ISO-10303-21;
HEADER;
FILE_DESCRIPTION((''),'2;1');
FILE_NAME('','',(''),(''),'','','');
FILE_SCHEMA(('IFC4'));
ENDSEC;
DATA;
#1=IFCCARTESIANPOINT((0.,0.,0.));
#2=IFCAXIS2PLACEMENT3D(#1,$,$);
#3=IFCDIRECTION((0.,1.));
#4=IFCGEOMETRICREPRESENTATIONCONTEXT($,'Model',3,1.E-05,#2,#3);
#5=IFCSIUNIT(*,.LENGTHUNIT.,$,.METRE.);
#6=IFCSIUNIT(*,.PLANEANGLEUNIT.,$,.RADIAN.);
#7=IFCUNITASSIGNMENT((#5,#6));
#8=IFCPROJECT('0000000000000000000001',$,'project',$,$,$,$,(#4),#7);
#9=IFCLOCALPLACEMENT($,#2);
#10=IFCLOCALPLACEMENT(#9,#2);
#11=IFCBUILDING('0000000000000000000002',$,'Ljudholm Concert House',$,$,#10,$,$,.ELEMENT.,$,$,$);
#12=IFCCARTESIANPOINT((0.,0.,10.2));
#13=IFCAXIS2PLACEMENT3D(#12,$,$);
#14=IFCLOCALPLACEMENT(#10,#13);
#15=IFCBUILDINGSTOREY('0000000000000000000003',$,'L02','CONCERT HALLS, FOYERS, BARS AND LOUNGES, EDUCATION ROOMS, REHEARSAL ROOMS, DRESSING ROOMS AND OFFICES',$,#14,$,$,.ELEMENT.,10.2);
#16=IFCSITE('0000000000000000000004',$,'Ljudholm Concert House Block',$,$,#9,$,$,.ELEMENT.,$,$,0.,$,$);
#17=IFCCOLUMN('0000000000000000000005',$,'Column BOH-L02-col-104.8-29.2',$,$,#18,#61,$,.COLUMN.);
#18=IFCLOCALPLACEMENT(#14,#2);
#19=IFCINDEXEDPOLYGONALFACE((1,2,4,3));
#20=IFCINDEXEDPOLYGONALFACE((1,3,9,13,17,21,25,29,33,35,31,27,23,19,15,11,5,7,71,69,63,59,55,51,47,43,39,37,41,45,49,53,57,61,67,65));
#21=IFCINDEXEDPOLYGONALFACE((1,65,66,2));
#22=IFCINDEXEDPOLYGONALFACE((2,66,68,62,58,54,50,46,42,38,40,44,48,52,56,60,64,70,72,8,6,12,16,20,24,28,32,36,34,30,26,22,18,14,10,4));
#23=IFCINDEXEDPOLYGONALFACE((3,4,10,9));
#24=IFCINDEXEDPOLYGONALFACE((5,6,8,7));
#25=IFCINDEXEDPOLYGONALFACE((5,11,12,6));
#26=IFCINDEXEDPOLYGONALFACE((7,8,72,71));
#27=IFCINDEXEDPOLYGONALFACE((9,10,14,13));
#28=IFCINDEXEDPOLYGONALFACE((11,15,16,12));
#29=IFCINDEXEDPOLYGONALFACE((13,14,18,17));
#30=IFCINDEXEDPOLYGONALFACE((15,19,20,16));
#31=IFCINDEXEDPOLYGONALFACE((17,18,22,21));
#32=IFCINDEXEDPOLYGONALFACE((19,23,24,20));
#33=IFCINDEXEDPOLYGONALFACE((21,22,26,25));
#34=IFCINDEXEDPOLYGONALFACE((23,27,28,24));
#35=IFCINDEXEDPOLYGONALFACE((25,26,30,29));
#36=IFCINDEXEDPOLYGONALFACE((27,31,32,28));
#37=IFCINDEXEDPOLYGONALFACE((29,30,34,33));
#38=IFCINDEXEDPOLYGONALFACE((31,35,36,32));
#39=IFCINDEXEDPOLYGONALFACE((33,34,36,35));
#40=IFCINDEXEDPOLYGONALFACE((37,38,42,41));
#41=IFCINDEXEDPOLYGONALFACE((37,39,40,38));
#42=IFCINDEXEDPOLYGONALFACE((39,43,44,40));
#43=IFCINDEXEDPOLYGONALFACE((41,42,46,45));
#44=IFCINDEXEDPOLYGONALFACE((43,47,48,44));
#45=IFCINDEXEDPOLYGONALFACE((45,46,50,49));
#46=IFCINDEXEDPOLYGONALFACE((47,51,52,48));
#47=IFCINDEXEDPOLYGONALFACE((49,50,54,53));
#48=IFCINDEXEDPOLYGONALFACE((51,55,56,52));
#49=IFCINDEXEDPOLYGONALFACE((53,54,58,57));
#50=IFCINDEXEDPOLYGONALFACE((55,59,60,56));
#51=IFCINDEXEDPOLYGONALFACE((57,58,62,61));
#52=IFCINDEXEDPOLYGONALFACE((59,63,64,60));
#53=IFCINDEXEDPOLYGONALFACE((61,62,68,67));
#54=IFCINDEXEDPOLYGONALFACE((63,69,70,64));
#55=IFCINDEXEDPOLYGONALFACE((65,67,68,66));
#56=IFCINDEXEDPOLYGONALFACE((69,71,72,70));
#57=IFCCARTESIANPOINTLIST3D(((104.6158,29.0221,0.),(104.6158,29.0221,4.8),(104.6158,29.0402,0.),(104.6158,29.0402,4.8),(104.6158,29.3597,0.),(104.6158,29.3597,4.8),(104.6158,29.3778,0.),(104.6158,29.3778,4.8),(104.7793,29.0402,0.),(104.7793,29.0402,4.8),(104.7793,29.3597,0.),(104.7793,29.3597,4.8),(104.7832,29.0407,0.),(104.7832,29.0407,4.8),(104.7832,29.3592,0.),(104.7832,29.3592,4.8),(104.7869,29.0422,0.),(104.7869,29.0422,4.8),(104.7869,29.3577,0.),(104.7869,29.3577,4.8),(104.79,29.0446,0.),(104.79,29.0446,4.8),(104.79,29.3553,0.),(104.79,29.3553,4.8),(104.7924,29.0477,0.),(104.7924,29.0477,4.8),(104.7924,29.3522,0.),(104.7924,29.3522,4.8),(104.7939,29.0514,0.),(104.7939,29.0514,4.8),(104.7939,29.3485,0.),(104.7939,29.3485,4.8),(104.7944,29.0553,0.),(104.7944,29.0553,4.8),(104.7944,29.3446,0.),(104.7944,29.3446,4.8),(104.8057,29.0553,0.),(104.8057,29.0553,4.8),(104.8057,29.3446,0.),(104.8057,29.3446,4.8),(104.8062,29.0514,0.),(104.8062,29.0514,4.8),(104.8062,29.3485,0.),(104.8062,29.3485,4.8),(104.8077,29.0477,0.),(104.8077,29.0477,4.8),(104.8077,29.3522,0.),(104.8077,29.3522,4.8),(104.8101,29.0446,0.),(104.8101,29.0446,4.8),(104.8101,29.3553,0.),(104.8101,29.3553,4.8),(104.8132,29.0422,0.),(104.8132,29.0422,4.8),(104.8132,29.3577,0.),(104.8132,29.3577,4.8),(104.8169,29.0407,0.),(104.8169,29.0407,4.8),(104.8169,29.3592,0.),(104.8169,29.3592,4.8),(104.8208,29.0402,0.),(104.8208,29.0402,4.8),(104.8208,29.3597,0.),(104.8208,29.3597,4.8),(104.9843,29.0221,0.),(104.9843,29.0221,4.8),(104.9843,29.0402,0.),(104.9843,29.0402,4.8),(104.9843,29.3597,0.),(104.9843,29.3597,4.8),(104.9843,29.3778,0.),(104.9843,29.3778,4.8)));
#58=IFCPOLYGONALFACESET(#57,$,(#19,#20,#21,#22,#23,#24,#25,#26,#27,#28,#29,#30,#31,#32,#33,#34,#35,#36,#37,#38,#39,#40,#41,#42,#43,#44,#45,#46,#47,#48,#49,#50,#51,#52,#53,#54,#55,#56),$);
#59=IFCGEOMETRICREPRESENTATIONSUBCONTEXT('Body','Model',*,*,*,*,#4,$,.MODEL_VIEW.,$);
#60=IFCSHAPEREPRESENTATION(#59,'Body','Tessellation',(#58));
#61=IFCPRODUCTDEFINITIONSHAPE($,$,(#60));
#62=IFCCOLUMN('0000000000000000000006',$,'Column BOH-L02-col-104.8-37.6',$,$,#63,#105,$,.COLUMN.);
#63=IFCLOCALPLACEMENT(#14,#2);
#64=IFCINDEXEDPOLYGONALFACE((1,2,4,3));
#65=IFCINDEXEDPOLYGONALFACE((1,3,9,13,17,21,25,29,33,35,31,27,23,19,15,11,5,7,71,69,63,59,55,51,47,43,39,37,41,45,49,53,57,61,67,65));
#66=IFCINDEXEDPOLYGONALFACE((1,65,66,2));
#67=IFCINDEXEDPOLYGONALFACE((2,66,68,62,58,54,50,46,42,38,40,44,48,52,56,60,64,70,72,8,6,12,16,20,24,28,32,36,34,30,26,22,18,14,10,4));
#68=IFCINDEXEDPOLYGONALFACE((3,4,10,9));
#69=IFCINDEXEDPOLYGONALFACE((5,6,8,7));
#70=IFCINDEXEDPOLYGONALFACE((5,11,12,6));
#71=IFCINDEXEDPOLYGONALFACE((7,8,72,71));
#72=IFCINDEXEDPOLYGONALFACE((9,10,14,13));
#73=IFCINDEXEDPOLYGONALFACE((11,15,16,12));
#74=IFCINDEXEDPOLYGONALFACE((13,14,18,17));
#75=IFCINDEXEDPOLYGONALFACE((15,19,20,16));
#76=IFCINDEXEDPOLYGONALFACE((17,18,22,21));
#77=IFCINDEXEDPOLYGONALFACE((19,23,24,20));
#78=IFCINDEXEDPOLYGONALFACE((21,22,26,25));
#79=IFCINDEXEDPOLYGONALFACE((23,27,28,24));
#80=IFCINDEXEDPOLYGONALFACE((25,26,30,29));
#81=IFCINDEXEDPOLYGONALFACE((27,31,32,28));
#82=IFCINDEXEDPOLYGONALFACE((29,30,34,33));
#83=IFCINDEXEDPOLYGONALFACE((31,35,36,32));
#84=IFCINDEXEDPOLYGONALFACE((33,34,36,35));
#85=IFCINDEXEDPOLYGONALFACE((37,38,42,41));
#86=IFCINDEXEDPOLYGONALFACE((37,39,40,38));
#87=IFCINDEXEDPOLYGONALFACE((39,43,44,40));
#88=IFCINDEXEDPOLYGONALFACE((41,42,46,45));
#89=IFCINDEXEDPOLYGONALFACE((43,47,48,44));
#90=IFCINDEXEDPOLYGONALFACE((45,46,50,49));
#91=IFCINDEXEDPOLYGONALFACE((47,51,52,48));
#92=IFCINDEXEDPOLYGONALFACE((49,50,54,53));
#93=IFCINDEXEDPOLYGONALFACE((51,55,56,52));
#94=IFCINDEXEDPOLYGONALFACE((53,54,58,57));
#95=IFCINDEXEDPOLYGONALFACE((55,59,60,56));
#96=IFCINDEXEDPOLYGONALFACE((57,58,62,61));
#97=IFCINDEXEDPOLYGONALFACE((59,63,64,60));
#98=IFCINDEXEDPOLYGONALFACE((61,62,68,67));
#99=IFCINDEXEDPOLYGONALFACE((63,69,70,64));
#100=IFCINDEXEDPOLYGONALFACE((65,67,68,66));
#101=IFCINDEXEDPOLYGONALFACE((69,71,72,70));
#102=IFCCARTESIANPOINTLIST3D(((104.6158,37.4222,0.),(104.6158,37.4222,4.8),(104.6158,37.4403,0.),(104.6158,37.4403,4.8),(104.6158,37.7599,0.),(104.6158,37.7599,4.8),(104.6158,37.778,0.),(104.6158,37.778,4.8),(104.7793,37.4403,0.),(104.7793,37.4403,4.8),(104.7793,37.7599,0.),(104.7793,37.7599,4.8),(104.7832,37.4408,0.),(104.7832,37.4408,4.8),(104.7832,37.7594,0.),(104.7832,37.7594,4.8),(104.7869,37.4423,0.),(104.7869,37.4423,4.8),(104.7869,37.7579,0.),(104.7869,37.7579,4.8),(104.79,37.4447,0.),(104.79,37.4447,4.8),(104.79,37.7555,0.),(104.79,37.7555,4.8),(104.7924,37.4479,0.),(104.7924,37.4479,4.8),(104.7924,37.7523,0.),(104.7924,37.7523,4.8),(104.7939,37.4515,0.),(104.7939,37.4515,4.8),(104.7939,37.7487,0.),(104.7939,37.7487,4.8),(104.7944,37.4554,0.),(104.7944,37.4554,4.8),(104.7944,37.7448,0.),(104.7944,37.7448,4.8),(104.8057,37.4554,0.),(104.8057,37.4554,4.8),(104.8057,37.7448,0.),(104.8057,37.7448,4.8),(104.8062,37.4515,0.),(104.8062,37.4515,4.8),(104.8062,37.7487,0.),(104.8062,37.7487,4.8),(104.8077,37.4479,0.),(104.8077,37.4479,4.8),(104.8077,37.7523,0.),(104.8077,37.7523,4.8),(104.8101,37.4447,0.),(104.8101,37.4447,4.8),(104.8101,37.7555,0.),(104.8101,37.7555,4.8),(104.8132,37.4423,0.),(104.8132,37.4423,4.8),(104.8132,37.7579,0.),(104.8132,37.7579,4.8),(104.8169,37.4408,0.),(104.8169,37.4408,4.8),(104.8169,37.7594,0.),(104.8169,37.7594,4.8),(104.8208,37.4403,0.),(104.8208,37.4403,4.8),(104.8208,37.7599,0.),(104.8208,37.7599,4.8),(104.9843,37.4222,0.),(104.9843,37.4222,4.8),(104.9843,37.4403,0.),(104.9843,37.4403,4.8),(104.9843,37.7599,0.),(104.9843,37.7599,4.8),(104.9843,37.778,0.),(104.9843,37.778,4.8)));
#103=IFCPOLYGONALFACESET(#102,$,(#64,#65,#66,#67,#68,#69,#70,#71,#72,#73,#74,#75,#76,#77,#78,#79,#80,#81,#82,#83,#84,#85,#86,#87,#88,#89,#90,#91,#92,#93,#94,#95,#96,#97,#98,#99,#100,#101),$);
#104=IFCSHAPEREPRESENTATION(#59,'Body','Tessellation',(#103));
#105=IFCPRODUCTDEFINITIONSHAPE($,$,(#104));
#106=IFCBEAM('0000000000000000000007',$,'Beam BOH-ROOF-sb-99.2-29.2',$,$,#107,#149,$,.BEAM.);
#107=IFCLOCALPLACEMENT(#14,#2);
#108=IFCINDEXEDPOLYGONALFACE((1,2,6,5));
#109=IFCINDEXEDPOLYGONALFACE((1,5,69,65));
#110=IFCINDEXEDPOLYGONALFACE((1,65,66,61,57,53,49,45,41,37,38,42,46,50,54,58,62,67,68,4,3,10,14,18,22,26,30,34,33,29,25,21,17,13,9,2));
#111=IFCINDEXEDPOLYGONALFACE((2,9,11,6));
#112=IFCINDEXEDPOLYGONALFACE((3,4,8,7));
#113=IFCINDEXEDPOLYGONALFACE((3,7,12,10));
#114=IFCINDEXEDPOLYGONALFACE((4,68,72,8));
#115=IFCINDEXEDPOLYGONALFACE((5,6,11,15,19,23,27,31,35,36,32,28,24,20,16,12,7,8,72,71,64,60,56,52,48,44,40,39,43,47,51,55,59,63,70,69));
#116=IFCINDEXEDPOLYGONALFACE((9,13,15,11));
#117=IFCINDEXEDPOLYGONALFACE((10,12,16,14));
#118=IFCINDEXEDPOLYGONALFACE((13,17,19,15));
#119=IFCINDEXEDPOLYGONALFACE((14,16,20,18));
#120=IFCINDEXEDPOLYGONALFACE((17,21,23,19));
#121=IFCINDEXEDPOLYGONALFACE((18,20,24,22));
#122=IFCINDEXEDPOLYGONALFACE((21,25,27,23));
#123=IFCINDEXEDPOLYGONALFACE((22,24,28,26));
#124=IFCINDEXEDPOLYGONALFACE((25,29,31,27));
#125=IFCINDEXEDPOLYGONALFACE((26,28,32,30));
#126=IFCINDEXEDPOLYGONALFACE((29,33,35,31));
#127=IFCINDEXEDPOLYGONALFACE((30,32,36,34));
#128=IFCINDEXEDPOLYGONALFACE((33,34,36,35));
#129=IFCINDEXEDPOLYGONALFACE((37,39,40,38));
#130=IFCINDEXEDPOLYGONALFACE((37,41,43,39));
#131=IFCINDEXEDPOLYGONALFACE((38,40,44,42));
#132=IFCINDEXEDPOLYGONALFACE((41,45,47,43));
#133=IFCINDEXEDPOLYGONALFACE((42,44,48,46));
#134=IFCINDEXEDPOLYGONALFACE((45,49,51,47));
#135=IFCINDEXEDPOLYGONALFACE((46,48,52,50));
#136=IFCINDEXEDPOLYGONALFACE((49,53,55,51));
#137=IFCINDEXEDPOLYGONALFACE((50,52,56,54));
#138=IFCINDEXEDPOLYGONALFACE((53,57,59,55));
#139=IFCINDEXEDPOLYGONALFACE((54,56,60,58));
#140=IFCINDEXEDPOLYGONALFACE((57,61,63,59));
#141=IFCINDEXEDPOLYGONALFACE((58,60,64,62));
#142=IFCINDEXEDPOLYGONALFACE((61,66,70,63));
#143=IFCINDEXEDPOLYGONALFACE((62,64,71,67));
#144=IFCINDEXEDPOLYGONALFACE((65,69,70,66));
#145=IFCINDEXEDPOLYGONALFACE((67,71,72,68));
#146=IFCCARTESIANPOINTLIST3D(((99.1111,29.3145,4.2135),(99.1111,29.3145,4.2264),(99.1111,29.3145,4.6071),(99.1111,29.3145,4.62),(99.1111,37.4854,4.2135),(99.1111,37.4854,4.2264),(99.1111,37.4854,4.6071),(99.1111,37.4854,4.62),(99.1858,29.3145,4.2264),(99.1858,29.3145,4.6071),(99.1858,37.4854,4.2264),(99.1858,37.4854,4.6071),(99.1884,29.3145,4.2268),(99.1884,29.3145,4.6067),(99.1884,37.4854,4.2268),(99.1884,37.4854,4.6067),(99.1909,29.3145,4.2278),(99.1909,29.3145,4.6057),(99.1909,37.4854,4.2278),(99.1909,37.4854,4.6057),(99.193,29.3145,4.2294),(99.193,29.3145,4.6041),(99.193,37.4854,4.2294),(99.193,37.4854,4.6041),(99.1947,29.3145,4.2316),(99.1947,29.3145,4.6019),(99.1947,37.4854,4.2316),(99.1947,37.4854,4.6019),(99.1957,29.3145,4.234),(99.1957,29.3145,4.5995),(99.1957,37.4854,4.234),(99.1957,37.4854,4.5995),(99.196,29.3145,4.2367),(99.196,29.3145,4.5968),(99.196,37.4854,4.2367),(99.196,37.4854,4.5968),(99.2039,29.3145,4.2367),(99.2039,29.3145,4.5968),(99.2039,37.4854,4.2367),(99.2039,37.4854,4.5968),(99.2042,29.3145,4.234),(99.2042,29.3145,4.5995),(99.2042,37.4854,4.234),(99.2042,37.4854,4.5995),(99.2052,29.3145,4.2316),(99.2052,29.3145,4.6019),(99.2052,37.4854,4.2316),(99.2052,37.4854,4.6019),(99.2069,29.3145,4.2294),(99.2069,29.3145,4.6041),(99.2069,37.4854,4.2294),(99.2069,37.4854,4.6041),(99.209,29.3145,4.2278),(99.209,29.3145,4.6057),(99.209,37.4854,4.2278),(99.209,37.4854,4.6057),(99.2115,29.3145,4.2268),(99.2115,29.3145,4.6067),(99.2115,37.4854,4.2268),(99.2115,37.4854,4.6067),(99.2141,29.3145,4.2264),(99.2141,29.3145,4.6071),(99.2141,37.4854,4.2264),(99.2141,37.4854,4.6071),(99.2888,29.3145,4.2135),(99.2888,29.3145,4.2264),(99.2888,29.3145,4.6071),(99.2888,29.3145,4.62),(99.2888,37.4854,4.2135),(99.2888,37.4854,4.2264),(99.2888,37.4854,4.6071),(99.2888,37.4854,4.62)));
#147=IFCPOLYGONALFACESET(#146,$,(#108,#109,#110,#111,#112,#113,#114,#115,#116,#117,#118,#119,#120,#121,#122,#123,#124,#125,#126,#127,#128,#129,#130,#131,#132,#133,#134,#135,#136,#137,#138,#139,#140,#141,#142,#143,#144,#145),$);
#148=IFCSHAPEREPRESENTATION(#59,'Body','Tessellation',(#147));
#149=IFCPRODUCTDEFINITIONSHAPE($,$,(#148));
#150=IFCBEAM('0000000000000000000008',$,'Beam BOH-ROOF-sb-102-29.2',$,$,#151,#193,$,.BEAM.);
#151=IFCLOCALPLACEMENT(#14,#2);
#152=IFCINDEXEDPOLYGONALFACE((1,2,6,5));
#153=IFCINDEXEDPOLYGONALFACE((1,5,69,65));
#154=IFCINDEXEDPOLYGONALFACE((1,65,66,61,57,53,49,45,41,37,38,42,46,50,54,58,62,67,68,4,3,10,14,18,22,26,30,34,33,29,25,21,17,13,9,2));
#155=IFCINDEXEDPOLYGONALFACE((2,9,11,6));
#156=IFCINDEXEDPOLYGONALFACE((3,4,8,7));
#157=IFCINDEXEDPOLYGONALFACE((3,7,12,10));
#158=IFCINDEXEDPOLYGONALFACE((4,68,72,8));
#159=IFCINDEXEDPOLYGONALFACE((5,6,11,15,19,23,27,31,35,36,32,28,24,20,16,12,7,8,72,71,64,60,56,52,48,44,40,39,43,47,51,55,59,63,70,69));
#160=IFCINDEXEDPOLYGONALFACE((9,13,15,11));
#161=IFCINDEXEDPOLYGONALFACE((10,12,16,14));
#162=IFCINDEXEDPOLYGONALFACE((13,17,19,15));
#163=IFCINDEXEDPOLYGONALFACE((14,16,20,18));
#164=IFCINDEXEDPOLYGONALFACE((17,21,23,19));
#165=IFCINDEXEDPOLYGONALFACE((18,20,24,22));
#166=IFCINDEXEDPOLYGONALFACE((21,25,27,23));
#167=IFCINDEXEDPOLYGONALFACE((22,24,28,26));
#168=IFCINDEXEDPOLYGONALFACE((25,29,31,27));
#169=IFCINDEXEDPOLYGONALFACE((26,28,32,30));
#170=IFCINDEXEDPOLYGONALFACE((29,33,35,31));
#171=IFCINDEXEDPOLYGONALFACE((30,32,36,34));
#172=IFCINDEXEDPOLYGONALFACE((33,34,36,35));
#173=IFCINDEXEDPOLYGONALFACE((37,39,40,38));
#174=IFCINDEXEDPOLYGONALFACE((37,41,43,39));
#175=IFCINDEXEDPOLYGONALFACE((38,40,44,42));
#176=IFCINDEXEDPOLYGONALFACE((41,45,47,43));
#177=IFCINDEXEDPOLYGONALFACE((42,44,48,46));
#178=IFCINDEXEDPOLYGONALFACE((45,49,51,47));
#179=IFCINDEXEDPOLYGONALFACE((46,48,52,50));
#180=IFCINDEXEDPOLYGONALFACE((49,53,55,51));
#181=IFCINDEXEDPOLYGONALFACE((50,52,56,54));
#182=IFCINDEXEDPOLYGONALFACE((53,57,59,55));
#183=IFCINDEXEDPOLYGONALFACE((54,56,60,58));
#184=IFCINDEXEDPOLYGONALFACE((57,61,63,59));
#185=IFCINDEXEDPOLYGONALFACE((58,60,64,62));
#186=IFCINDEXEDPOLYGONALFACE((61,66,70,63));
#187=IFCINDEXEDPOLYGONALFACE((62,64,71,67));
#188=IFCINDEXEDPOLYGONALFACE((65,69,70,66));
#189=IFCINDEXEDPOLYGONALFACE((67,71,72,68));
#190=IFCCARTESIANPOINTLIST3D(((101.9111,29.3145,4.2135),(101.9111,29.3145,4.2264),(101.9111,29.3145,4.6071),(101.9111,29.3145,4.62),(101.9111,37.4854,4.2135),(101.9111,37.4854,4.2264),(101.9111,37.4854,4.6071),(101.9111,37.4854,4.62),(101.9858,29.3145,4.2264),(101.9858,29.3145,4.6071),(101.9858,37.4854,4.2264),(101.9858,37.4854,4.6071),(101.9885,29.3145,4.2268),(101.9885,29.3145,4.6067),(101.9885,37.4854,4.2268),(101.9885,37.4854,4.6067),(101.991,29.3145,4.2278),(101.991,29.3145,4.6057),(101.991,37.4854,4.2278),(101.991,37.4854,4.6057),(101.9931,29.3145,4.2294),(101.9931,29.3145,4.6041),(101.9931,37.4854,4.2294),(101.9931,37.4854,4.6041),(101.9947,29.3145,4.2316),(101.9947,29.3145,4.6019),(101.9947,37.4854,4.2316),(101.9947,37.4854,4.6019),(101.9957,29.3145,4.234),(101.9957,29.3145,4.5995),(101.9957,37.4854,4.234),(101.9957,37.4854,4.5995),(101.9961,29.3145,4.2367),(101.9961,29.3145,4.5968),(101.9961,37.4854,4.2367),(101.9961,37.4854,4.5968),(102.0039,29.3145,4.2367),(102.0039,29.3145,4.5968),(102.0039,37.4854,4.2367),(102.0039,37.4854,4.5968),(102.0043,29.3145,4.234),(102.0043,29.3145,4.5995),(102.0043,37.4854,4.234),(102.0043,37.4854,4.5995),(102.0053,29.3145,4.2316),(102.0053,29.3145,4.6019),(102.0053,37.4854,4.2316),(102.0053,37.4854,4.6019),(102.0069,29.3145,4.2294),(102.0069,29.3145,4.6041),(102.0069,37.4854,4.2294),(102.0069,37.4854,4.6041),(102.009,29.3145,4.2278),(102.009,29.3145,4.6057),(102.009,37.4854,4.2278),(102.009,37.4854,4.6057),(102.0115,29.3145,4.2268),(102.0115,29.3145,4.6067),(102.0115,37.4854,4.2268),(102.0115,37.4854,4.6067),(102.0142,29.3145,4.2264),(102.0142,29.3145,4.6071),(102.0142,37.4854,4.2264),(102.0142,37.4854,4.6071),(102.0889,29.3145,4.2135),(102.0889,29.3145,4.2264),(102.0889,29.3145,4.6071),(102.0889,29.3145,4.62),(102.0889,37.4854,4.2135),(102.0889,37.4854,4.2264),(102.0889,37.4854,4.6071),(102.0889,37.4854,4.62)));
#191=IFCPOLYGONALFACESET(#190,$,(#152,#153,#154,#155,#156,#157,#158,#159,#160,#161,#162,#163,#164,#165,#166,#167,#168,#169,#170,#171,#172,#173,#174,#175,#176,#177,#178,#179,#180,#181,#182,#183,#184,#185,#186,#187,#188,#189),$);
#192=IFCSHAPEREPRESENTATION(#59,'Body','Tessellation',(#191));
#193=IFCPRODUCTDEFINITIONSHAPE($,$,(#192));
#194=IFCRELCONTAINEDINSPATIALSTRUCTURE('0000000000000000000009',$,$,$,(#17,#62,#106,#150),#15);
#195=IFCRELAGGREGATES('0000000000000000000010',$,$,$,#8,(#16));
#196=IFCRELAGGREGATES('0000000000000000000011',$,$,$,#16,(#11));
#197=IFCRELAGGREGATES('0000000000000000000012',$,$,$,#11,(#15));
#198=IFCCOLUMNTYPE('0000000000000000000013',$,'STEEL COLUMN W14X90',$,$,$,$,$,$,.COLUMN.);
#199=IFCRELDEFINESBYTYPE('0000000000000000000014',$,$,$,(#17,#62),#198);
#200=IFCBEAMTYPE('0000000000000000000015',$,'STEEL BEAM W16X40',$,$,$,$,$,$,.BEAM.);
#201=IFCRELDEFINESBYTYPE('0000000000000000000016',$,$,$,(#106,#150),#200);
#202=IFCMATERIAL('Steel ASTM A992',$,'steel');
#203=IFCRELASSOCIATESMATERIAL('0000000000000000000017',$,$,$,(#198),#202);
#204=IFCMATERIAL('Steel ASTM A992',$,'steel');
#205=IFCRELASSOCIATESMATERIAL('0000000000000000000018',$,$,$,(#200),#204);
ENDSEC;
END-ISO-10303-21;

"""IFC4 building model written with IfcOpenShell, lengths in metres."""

from ifc_helpers import new_model, si_unit, direction, frame, origin, origin_2d, place, context, subcontext, project, spatial, i_section, extrude, material, material_profile, profile_set, type_object, element, save


model = new_model("IFC4")

# Units and contexts
model_context = context("Model", 3, precision=1e-05, world=origin(), true_north=direction((0.0, 1.0)))
body_context = subcontext(model_context, "Body", "Model", "MODEL_VIEW")
ifc_project = project(units=[si_unit("LENGTHUNIT", "METRE"), si_unit("PLANEANGLEUNIT", "RADIAN")], contexts=[model_context])

# Site, building, storey
site_placement = place(None, origin())
site = spatial("IfcSite", under=ifc_project, at=site_placement, Name="Ljudholm Concert House Block", CompositionType="ELEMENT", RefElevation=0.0)
building_placement = place(site_placement, origin())
building = spatial("IfcBuilding", under=site, at=building_placement, Name="Ljudholm Concert House", CompositionType="ELEMENT")
storey_placement = place(building_placement, frame((0.0, 0.0, 10.2)))
storey = spatial("IfcBuildingStorey", under=building, at=storey_placement, Name="L02", Description="CONCERT HALLS, FOYERS, BARS AND LOUNGES, EDUCATION ROOMS, REHEARSAL ROOMS, DRESSING ROOMS AND OFFICES", CompositionType="ELEMENT", Elevation=10.2)

# Columns
ifc_material_1 = material(Name="Steel ASTM A992", Category="steel")
ifc_material_profile_1 = material_profile(ifc_material_1, i_section(OverallWidth=0.3684, OverallDepth=0.3557, WebThickness=0.0112, FlangeThickness=0.0181, FilletRadius=0.0151, at=origin_2d()), Name="W14X90")
ifc_profile_set_1 = profile_set([ifc_material_profile_1], Name="Steel ASTM A992")
column_type = type_object("IfcColumnType", Name="STEEL COLUMN W14X90", PredefinedType="COLUMN", material=ifc_profile_set_1)
for number, where, z_axis, x_axis, name in (
    (1, (104.8, 29.2, 0.0), (0.0, 0.0, 1.0), (1.0, 0.0, 0.0), "Column BOH-L02-col-104.8-29.2"),
    (2, (104.8, 37.6001, 0.0), (0.0, 0.0, 1.0), (1.0, 0.0, 0.0), "Column BOH-L02-col-104.8-37.6"),
):
    element("IfcColumn", number, at=place(storey_placement, frame(where, z_axis=z_axis, x_axis=x_axis)), inside=storey, type_object=column_type, Name=name, PredefinedType="COLUMN", context=body_context, shape_type="SweptSolid", body=[
        extrude(i_section(OverallWidth=0.3684, OverallDepth=0.3557, WebThickness=0.0112, FlangeThickness=0.0181, FilletRadius=0.0151, at=origin_2d()), origin(), (0.0, 0.0, 1.0), 4.8),
    ])

# Beams
ifc_material_2 = material(Name="Steel ASTM A992", Category="steel")
ifc_material_profile_2 = material_profile(ifc_material_2, i_section(OverallWidth=0.1777, OverallDepth=0.4065, WebThickness=0.0078, FlangeThickness=0.0129, FilletRadius=0.0103, at=origin_2d()), Name="W16X40")
ifc_profile_set_2 = profile_set([ifc_material_profile_2], Name="Steel ASTM A992")
beam_type_1 = type_object("IfcBeamType", Name="STEEL BEAM W16X40", PredefinedType="BEAM", material=ifc_profile_set_2)
for number, where, z_axis, x_axis, name in (
    (3, (99.2, 29.3145, 4.4167), (0.0, 1.0, 0.0), (-1.0, 0.0, 0.0), "Beam BOH-ROOF-sb-99.2-29.2"),
    (4, (102.0, 29.3145, 4.4167), (0.0, 1.0, 0.0), (-1.0, 0.0, 0.0), "Beam BOH-ROOF-sb-102-29.2"),
):
    element("IfcBeam", number, at=place(storey_placement, frame(where, z_axis=z_axis, x_axis=x_axis)), inside=storey, type_object=beam_type_1, Name=name, PredefinedType="BEAM", context=body_context, shape_type="SweptSolid", body=[
        extrude(i_section(OverallWidth=0.1777, OverallDepth=0.4065, WebThickness=0.0078, FlangeThickness=0.0129, FilletRadius=0.0103, at=origin_2d()), origin(), (0.0, 0.0, 1.0), 8.1709),
    ])

save(model, "model.ifc")
